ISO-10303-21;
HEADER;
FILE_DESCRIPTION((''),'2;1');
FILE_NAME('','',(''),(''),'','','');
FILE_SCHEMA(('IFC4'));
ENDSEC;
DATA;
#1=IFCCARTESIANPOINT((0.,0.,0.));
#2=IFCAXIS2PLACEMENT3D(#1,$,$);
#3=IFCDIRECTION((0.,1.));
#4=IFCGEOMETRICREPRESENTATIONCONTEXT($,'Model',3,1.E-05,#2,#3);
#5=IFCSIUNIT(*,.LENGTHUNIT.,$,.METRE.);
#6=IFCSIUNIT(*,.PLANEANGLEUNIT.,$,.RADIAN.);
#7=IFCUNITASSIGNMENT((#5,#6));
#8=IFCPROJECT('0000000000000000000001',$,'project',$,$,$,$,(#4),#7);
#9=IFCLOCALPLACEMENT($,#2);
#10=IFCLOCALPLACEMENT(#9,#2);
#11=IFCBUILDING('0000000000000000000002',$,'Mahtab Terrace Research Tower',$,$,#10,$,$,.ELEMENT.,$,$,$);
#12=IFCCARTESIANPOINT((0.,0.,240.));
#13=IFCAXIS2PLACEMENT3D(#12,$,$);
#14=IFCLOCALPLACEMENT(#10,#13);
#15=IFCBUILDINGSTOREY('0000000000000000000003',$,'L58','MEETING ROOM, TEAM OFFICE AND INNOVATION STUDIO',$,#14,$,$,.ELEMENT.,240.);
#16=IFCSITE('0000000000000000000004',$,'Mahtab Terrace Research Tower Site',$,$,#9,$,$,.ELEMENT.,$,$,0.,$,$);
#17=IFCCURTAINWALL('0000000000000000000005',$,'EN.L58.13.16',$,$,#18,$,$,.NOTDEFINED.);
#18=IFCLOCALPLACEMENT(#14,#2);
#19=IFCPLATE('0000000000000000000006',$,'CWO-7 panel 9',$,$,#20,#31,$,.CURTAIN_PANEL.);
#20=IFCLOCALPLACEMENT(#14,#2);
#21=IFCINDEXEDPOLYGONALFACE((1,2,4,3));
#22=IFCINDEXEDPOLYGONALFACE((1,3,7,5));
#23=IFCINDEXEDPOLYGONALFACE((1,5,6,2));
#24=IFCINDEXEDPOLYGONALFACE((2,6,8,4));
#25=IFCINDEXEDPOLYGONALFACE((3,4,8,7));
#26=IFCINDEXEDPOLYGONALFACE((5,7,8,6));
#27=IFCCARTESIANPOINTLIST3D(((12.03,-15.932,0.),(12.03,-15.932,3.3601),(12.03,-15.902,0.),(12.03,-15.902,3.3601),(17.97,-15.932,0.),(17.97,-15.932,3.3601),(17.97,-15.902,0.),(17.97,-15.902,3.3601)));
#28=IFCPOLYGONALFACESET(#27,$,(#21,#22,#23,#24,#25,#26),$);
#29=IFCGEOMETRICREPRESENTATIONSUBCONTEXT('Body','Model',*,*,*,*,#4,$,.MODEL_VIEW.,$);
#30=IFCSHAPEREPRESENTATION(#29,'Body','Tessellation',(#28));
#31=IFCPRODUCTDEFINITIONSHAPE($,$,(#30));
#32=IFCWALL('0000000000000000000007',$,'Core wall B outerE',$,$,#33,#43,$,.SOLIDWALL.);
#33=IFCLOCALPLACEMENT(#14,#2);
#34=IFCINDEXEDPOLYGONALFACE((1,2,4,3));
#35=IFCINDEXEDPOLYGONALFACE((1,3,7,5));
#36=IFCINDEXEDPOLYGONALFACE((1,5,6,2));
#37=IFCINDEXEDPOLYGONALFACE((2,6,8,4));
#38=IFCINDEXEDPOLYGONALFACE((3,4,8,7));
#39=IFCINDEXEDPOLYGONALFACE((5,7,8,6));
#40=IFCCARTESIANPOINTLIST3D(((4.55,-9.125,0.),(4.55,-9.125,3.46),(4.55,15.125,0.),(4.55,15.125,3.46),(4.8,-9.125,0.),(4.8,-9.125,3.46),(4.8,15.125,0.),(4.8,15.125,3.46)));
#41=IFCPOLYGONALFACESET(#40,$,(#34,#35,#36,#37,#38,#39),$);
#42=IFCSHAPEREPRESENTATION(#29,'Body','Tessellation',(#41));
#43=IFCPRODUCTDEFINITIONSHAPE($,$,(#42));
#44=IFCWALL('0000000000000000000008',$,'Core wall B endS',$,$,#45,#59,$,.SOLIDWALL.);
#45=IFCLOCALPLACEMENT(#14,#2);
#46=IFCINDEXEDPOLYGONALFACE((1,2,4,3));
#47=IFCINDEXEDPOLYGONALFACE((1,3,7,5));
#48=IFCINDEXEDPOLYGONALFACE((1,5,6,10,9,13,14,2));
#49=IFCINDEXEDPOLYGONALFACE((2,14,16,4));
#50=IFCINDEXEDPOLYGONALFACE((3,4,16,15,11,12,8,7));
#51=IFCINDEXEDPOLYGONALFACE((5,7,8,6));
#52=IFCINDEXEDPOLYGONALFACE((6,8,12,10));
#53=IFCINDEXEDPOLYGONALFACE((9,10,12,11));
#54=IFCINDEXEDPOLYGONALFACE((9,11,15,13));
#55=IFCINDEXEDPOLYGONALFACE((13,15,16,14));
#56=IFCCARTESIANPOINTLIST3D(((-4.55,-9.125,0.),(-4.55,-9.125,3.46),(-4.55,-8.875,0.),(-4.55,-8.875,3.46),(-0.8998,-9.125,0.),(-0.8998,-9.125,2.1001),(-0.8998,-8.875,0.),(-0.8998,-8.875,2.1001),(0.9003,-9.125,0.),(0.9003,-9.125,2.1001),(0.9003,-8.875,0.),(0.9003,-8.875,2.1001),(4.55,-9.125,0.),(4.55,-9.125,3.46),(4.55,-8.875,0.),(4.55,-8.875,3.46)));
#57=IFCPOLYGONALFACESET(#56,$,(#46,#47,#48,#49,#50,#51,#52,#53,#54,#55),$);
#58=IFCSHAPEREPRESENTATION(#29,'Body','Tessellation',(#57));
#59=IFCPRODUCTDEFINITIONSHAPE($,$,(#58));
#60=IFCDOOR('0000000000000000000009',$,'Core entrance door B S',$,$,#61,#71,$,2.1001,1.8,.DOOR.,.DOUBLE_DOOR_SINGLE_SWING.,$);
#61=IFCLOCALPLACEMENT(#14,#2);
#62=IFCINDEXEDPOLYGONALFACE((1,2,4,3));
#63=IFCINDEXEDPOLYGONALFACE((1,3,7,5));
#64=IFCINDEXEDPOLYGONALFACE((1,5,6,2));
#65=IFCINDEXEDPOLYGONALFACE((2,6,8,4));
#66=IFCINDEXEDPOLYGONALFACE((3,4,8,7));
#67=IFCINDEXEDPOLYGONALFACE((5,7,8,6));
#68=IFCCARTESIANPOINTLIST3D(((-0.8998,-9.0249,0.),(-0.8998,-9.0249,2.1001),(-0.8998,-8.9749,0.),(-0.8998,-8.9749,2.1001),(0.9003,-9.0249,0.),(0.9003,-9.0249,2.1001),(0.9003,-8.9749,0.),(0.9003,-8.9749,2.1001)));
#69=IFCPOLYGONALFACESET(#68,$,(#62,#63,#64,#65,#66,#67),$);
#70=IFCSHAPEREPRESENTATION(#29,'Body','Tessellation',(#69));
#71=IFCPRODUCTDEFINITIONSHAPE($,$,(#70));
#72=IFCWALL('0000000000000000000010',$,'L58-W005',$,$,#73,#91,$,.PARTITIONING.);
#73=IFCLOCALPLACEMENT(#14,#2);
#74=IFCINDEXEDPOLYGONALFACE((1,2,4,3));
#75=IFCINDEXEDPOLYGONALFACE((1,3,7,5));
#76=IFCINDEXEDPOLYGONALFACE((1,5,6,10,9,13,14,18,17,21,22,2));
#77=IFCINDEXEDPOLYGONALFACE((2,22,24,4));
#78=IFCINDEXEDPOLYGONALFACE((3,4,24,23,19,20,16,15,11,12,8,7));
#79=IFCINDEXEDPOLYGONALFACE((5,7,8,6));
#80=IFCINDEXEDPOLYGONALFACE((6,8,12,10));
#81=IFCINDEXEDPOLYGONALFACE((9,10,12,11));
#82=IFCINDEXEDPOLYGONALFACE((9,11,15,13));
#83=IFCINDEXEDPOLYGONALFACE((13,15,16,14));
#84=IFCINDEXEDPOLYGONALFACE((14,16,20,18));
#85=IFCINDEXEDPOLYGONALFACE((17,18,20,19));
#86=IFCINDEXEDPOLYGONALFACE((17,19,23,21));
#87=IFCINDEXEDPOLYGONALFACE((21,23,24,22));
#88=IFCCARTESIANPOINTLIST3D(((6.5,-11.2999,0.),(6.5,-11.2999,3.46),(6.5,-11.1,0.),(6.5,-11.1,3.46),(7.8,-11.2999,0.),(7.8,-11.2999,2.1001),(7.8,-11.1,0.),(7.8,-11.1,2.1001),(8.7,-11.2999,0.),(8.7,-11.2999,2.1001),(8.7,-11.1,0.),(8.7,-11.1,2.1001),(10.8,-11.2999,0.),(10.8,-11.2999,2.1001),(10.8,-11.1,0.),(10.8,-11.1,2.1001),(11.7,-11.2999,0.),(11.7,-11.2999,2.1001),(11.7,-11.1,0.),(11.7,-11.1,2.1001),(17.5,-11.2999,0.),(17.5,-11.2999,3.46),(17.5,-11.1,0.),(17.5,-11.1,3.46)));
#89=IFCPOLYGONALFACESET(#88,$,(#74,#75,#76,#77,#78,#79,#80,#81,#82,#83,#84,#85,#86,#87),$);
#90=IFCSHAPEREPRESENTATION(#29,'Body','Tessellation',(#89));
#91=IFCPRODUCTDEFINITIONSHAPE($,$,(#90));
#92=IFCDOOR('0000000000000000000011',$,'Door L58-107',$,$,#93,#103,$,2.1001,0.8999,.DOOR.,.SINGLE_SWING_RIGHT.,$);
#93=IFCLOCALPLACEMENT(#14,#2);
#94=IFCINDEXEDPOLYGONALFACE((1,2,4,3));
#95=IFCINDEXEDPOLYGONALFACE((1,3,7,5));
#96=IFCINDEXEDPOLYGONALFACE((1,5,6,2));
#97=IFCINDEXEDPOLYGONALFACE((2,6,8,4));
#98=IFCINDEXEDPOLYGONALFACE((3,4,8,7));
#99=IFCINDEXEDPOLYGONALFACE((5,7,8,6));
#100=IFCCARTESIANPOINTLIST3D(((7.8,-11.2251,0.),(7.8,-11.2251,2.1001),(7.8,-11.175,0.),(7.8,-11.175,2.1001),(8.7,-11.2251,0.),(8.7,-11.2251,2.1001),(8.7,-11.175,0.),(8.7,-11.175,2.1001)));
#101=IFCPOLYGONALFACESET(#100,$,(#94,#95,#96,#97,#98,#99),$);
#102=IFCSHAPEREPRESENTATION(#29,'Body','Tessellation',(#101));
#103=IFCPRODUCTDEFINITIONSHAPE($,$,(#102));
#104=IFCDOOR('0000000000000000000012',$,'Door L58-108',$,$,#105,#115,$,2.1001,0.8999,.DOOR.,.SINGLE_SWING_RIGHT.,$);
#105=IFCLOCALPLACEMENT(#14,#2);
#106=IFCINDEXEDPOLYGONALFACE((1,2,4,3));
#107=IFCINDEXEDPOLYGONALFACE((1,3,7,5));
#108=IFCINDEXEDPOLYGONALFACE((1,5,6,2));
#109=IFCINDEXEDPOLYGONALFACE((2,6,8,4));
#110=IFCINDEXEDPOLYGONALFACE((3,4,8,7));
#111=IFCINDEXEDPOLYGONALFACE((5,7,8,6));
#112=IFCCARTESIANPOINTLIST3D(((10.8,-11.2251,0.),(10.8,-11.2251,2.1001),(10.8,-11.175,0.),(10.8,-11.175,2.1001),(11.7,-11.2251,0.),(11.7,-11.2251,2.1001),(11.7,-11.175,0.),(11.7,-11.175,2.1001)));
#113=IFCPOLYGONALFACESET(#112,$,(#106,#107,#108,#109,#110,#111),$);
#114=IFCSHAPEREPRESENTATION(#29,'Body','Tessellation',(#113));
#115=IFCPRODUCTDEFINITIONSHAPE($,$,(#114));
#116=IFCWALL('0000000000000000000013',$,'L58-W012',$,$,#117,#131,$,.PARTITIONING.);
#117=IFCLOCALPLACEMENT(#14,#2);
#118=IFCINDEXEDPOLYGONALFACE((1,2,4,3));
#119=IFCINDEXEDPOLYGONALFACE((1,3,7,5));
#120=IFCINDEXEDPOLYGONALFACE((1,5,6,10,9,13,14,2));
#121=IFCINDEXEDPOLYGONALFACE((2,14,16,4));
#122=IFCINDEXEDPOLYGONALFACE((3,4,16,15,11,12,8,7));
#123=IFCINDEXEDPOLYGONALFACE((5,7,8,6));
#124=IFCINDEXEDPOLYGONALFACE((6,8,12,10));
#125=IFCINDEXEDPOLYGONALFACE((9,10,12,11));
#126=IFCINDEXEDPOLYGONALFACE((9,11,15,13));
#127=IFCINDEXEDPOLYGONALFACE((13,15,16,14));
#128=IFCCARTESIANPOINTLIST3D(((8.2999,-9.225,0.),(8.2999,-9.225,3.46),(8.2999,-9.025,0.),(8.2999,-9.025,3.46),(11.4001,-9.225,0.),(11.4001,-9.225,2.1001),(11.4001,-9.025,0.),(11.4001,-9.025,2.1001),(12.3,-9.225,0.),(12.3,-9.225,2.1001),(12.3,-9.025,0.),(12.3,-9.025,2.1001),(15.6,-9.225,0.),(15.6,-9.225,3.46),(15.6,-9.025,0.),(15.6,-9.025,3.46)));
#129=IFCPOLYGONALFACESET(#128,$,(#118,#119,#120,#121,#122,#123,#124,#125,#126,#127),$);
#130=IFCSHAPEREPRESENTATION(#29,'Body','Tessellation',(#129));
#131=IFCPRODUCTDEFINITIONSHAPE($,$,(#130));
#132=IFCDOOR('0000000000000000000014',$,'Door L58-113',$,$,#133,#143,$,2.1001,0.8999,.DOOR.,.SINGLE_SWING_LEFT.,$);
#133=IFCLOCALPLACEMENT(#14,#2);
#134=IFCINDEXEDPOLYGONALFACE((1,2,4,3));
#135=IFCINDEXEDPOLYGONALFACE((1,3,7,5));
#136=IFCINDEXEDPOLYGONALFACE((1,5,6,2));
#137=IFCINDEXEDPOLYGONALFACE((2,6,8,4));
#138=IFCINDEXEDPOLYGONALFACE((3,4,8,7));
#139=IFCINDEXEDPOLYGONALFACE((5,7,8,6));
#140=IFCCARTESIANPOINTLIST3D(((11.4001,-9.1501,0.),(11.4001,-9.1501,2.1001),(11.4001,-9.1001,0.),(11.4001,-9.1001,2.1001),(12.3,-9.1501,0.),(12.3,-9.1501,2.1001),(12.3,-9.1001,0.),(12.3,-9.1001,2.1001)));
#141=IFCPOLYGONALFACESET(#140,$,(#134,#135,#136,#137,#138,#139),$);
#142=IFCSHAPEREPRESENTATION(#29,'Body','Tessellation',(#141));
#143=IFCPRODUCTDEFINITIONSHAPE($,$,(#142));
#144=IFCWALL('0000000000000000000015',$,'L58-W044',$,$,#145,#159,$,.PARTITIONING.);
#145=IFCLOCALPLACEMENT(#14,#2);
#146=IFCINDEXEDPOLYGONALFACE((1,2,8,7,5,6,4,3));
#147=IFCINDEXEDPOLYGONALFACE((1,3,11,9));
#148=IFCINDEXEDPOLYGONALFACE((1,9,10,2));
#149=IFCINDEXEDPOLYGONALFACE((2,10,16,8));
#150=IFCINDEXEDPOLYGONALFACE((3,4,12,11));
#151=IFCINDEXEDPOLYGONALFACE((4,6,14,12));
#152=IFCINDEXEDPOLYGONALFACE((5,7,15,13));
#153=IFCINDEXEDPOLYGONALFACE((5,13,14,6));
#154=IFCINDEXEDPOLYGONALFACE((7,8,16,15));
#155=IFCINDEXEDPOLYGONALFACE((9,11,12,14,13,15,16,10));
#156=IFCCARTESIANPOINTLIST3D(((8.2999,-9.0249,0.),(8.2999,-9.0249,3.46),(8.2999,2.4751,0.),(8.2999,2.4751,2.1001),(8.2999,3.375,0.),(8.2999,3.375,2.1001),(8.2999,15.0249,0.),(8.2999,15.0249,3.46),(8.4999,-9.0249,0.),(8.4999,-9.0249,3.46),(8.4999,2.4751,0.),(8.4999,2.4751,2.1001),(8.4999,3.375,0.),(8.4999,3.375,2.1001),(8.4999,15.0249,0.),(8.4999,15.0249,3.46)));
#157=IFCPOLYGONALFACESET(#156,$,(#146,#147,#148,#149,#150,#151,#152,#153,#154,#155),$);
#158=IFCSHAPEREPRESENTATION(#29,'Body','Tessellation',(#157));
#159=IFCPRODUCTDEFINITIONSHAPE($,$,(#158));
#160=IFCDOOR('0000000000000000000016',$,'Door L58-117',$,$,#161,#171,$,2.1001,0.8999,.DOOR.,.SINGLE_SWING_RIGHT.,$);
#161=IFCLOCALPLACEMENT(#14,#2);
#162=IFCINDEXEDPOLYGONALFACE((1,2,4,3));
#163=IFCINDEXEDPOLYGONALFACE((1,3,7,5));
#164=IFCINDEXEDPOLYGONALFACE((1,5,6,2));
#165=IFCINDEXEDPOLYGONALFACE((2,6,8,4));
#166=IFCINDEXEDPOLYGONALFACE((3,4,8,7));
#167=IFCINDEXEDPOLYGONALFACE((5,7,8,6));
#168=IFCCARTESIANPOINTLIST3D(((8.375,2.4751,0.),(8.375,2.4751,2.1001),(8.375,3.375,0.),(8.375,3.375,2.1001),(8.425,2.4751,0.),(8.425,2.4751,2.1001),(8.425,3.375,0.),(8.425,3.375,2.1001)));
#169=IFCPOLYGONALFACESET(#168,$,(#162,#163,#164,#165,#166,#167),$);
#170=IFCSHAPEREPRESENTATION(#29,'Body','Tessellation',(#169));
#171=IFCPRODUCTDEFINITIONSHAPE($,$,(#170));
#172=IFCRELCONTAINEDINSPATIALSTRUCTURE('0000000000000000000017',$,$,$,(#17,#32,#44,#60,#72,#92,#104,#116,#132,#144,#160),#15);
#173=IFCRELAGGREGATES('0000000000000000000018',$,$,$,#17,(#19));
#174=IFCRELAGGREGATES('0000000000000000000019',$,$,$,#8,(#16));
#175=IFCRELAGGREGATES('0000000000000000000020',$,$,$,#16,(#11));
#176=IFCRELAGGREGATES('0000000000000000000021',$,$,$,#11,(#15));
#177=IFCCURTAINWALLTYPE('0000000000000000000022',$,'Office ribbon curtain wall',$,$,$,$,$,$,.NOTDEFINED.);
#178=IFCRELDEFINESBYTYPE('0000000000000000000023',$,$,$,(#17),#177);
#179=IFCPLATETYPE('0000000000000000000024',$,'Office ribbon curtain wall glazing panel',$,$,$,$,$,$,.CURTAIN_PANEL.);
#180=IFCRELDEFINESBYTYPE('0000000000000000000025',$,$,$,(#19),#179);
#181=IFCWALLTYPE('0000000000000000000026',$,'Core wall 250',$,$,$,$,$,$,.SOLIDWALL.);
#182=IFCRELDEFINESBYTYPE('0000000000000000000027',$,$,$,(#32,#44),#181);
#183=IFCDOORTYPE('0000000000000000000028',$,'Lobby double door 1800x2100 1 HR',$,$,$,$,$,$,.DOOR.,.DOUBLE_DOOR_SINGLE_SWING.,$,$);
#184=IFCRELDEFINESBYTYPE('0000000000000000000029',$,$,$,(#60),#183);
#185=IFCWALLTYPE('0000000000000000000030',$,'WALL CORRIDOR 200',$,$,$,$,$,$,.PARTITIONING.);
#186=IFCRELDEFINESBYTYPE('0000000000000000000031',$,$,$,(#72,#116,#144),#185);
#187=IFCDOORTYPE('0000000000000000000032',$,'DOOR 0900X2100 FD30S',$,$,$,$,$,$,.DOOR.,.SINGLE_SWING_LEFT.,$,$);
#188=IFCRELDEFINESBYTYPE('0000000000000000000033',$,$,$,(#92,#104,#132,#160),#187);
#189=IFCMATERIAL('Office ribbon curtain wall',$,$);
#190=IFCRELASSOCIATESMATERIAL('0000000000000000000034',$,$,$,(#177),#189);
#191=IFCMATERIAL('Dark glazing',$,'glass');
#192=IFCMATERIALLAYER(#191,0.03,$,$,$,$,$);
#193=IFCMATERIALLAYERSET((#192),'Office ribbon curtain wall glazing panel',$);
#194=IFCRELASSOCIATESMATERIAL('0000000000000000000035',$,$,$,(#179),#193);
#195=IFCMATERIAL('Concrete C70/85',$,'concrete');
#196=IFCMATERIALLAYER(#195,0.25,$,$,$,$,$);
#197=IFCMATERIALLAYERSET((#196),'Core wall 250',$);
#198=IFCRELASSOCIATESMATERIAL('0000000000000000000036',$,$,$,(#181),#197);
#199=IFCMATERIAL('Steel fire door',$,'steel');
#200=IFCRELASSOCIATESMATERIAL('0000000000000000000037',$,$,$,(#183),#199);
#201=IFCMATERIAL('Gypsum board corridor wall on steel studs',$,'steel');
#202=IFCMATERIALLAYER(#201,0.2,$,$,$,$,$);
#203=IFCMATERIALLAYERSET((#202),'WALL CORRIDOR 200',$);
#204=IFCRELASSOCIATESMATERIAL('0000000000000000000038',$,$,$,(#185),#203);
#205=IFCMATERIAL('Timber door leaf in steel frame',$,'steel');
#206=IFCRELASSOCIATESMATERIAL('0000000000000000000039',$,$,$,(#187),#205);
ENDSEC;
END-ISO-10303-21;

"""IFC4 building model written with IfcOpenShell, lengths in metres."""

from ifc_helpers import new_model, si_unit, direction, frame, frame_2d, origin, origin_2d, place, context, subcontext, project, spatial, rectangle, extrude, material, layer, layer_set, type_object, element, fill, aggregate, save


model = new_model("IFC4")

# Units and contexts
model_context = context("Model", 3, precision=1e-05, world=origin(), true_north=direction((0.0, 1.0)))
body_context = subcontext(model_context, "Body", "Model", "MODEL_VIEW")
ifc_project = project(units=[si_unit("LENGTHUNIT", "METRE"), si_unit("PLANEANGLEUNIT", "RADIAN")], contexts=[model_context])

# Site, building, storey
site_placement = place(None, origin())
site = spatial("IfcSite", under=ifc_project, at=site_placement, Name="Mahtab Terrace Research Tower Site", CompositionType="ELEMENT", RefElevation=0.0)
building_placement = place(site_placement, origin())
building = spatial("IfcBuilding", under=site, at=building_placement, Name="Mahtab Terrace Research Tower", CompositionType="ELEMENT")
storey_placement = place(building_placement, frame((0.0, 0.0, 240.0)))
storey = spatial("IfcBuildingStorey", under=building, at=storey_placement, Name="L58", Description="MEETING ROOM, TEAM OFFICE AND INNOVATION STUDIO", CompositionType="ELEMENT", Elevation=240.0)

# Shared definitions
ifc_material_1 = material(Name="Concrete C70/85", Category="concrete")

# Curtain wall
ifc_material_2 = material(Name="Office ribbon curtain wall")
curtain_wall_type = type_object("IfcCurtainWallType", Name="Office ribbon curtain wall", PredefinedType="NOTDEFINED", material=ifc_material_2)
curtain_wall_placement = place(storey_placement, origin())
curtain_wall = element("IfcCurtainWall", 1, at=curtain_wall_placement, inside=storey, type_object=curtain_wall_type, Name="EN.L58.13.16", PredefinedType="NOTDEFINED")

# Plate
ifc_material_3 = material(Name="Dark glazing", Category="glass")
ifc_layer_1 = layer(ifc_material_3, 0.03)
ifc_layer_set_1 = layer_set([ifc_layer_1], Name="Office ribbon curtain wall glazing panel")
plate_type = type_object("IfcPlateType", Name="Office ribbon curtain wall glazing panel", PredefinedType="CURTAIN_PANEL", material=ifc_layer_set_1)
plate_1_placement = place(storey_placement, frame((15.0, -15.917, 0.0), z_axis=(0.0, 0.0, 1.0), x_axis=(1.0, 0.0, 0.0)))
plate_1 = element("IfcPlate", 2, at=plate_1_placement, type_object=plate_type, Name="CWO-7 panel 9", PredefinedType="CURTAIN_PANEL", context=body_context, shape_type="SweptSolid", body=[
    extrude(rectangle(XDim=5.9399, YDim=0.03, at=origin_2d()), origin(), (0.0, 0.0, 1.0), 3.3601),
])
aggregate(curtain_wall, [plate_1])

# Wall
ifc_layer_2 = layer(ifc_material_1, 0.25)
ifc_layer_set_2 = layer_set([ifc_layer_2], Name="Core wall 250")
wall_type_1 = type_object("IfcWallType", Name="Core wall 250", PredefinedType="SOLIDWALL", material=ifc_layer_set_2)
wall_1_placement = place(storey_placement, frame((4.675, -9.125, 0.0), z_axis=(0.0, 0.0, 1.0), x_axis=(0.0, 1.0, 0.0)))
element("IfcWall", 3, at=wall_1_placement, inside=storey, type_object=wall_type_1, Name="Core wall B outerE", PredefinedType="SOLIDWALL", context=body_context, shape_type="SweptSolid", body=[
    extrude(rectangle(XDim=24.25, YDim=0.25, at=frame_2d((12.125, 0.0))), origin(), (0.0, 0.0, 1.0), 3.46),
])

# Wall, opening, door
wall_2_placement = place(storey_placement, frame((4.55, -9.0, 0.0), z_axis=(0.0, 0.0, 1.0), x_axis=(-1.0, 0.0, 0.0)))
wall_2 = element("IfcWall", 4, at=wall_2_placement, inside=storey, type_object=wall_type_1, Name="Core wall B endS", PredefinedType="SOLIDWALL", context=body_context, shape_type="SweptSolid", body=[
    extrude(rectangle(XDim=9.1001, YDim=0.25, at=frame_2d((4.55, 0.0))), origin(), (0.0, 0.0, 1.0), 3.46),
])
opening_1_placement = place(wall_2_placement, frame((3.6499, 0.0, 0.0)))
opening_1 = element("IfcOpeningElement", 5, at=opening_1_placement, cuts=wall_2, PredefinedType="OPENING", context=body_context, shape_type="SweptSolid", body=[
    extrude(rectangle(XDim=1.8, YDim=2.1001, at=frame_2d((0.8999, 1.05))), frame((0.0, 0.135, 0.0), z_axis=(0.0, -1.0, 0.0), x_axis=(1.0, 0.0, 0.0)), (0.0, 0.0, 1.0), 0.27),
])
ifc_material_4 = material(Name="Steel fire door", Category="steel")
door_type_1 = type_object("IfcDoorType", Name="Lobby double door 1800x2100 1 HR", OperationType="DOUBLE_DOOR_SINGLE_SWING", PredefinedType="DOOR", material=ifc_material_4)
door_1_placement = place(opening_1_placement, origin())
door_1 = element("IfcDoor", 6, at=door_1_placement, inside=storey, type_object=door_type_1, Name="Core entrance door B S", OperationType="DOUBLE_DOOR_SINGLE_SWING", OverallHeight=2.1001, OverallWidth=1.8, PredefinedType="DOOR", context=body_context, shape_type="SweptSolid", body=[
    extrude(rectangle(XDim=1.8, YDim=2.1001, at=frame_2d((0.8999, 1.05))), frame((0.0, 0.0249, 0.0), z_axis=(0.0, -1.0, 0.0), x_axis=(1.0, 0.0, 0.0)), (0.0, 0.0, 1.0), 0.05),
])
fill(opening_1, door_1)

# Wall, openings, doors
ifc_material_5 = material(Name="Gypsum board corridor wall on steel studs", Category="steel")
ifc_layer_3 = layer(ifc_material_5, 0.2)
ifc_layer_set_3 = layer_set([ifc_layer_3], Name="WALL CORRIDOR 200")
wall_type_2 = type_object("IfcWallType", Name="WALL CORRIDOR 200", PredefinedType="PARTITIONING", material=ifc_layer_set_3)
wall_3_placement = place(storey_placement, frame((6.5, -11.2, 0.0), z_axis=(0.0, 0.0, 1.0), x_axis=(1.0, 0.0, 0.0)))
wall_3 = element("IfcWall", 7, at=wall_3_placement, inside=storey, type_object=wall_type_2, Name="L58-W005", PredefinedType="PARTITIONING", context=body_context, shape_type="SweptSolid", body=[
    extrude(rectangle(XDim=11.0, YDim=0.2, at=frame_2d((5.5, 0.0))), origin(), (0.0, 0.0, 1.0), 3.46),
])
opening_2_placement = place(wall_3_placement, frame((1.3, 0.0, 0.0)))
opening_2 = element("IfcOpeningElement", 8, at=opening_2_placement, cuts=wall_3, PredefinedType="OPENING", context=body_context, shape_type="SweptSolid", body=[
    extrude(rectangle(XDim=0.8999, YDim=2.1001, at=frame_2d((0.45, 1.05))), frame((0.0, 0.1099, 0.0), z_axis=(0.0, -1.0, 0.0), x_axis=(1.0, 0.0, 0.0)), (0.0, 0.0, 1.0), 0.22),
])
opening_3_placement = place(wall_3_placement, frame((4.3, 0.0, 0.0)))
opening_3 = element("IfcOpeningElement", 9, at=opening_3_placement, cuts=wall_3, PredefinedType="OPENING", context=body_context, shape_type="SweptSolid", body=[
    extrude(rectangle(XDim=0.8999, YDim=2.1001, at=frame_2d((0.45, 1.05))), frame((0.0, 0.1099, 0.0), z_axis=(0.0, -1.0, 0.0), x_axis=(1.0, 0.0, 0.0)), (0.0, 0.0, 1.0), 0.22),
])
ifc_material_6 = material(Name="Timber door leaf in steel frame", Category="steel")
door_type_2 = type_object("IfcDoorType", Name="DOOR 0900X2100 FD30S", OperationType="SINGLE_SWING_LEFT", PredefinedType="DOOR", material=ifc_material_6)
door_2_placement = place(opening_2_placement, origin())
door_2 = element("IfcDoor", 10, at=door_2_placement, inside=storey, type_object=door_type_2, Name="Door L58-107", OperationType="SINGLE_SWING_RIGHT", OverallHeight=2.1001, OverallWidth=0.8999, PredefinedType="DOOR", context=body_context, shape_type="SweptSolid", body=[
    extrude(rectangle(XDim=0.8999, YDim=2.1001, at=frame_2d((0.45, 1.05))), frame((0.0, 0.0249, 0.0), z_axis=(0.0, -1.0, 0.0), x_axis=(1.0, 0.0, 0.0)), (0.0, 0.0, 1.0), 0.05),
])
fill(opening_2, door_2)
door_3_placement = place(opening_3_placement, origin())
door_3 = element("IfcDoor", 11, at=door_3_placement, inside=storey, type_object=door_type_2, Name="Door L58-108", OperationType="SINGLE_SWING_RIGHT", OverallHeight=2.1001, OverallWidth=0.8999, PredefinedType="DOOR", context=body_context, shape_type="SweptSolid", body=[
    extrude(rectangle(XDim=0.8999, YDim=2.1001, at=frame_2d((0.45, 1.05))), frame((0.0, 0.0249, 0.0), z_axis=(0.0, -1.0, 0.0), x_axis=(1.0, 0.0, 0.0)), (0.0, 0.0, 1.0), 0.05),
])
fill(opening_3, door_3)

# Walls, openings, doors
wall_4_placement = place(storey_placement, frame((8.3, -9.125, 0.0), z_axis=(0.0, 0.0, 1.0), x_axis=(1.0, 0.0, 0.0)))
wall_4 = element("IfcWall", 12, at=wall_4_placement, inside=storey, type_object=wall_type_2, Name="L58-W012", PredefinedType="PARTITIONING", context=body_context, shape_type="SweptSolid", body=[
    extrude(rectangle(XDim=7.3, YDim=0.2, at=frame_2d((3.6499, 0.0))), origin(), (0.0, 0.0, 1.0), 3.46),
])
opening_4_placement = place(wall_4_placement, frame((3.1001, 0.0, 0.0)))
opening_4 = element("IfcOpeningElement", 13, at=opening_4_placement, cuts=wall_4, PredefinedType="OPENING", context=body_context, shape_type="SweptSolid", body=[
    extrude(rectangle(XDim=0.8999, YDim=2.1001, at=frame_2d((0.45, 1.05))), frame((0.0, 0.1099, 0.0), z_axis=(0.0, -1.0, 0.0), x_axis=(1.0, 0.0, 0.0)), (0.0, 0.0, 1.0), 0.22),
])
door_4_placement = place(opening_4_placement, origin())
door_4 = element("IfcDoor", 14, at=door_4_placement, inside=storey, type_object=door_type_2, Name="Door L58-113", OperationType="SINGLE_SWING_LEFT", OverallHeight=2.1001, OverallWidth=0.8999, PredefinedType="DOOR", context=body_context, shape_type="SweptSolid", body=[
    extrude(rectangle(XDim=0.8999, YDim=2.1001, at=frame_2d((0.45, 1.05))), frame((0.0, 0.0249, 0.0), z_axis=(0.0, -1.0, 0.0), x_axis=(1.0, 0.0, 0.0)), (0.0, 0.0, 1.0), 0.05),
])
fill(opening_4, door_4)
wall_5_placement = place(storey_placement, frame((8.3999, -9.0249, 0.0), z_axis=(0.0, 0.0, 1.0), x_axis=(0.0, 1.0, 0.0)))
wall_5 = element("IfcWall", 15, at=wall_5_placement, inside=storey, type_object=wall_type_2, Name="L58-W044", PredefinedType="PARTITIONING", context=body_context, shape_type="SweptSolid", body=[
    extrude(rectangle(XDim=24.0498, YDim=0.2, at=frame_2d((12.0249, 0.0))), origin(), (0.0, 0.0, 1.0), 3.46),
])
opening_5_placement = place(wall_5_placement, frame((11.5, 0.0, 0.0)))
opening_5 = element("IfcOpeningElement", 16, at=opening_5_placement, cuts=wall_5, PredefinedType="OPENING", context=body_context, shape_type="SweptSolid", body=[
    extrude(rectangle(XDim=0.8999, YDim=2.1001, at=frame_2d((0.45, 1.05))), frame((0.0, 0.1099, 0.0), z_axis=(0.0, -1.0, 0.0), x_axis=(1.0, 0.0, 0.0)), (0.0, 0.0, 1.0), 0.22),
])
door_5_placement = place(opening_5_placement, origin())
door_5 = element("IfcDoor", 17, at=door_5_placement, inside=storey, type_object=door_type_2, Name="Door L58-117", OperationType="SINGLE_SWING_RIGHT", OverallHeight=2.1001, OverallWidth=0.8999, PredefinedType="DOOR", context=body_context, shape_type="SweptSolid", body=[
    extrude(rectangle(XDim=0.8999, YDim=2.1001, at=frame_2d((0.45, 1.05))), frame((0.0, 0.0249, 0.0), z_axis=(0.0, -1.0, 0.0), x_axis=(1.0, 0.0, 0.0)), (0.0, 0.0, 1.0), 0.05),
])
fill(opening_5, door_5)

save(model, "model.ifc")
